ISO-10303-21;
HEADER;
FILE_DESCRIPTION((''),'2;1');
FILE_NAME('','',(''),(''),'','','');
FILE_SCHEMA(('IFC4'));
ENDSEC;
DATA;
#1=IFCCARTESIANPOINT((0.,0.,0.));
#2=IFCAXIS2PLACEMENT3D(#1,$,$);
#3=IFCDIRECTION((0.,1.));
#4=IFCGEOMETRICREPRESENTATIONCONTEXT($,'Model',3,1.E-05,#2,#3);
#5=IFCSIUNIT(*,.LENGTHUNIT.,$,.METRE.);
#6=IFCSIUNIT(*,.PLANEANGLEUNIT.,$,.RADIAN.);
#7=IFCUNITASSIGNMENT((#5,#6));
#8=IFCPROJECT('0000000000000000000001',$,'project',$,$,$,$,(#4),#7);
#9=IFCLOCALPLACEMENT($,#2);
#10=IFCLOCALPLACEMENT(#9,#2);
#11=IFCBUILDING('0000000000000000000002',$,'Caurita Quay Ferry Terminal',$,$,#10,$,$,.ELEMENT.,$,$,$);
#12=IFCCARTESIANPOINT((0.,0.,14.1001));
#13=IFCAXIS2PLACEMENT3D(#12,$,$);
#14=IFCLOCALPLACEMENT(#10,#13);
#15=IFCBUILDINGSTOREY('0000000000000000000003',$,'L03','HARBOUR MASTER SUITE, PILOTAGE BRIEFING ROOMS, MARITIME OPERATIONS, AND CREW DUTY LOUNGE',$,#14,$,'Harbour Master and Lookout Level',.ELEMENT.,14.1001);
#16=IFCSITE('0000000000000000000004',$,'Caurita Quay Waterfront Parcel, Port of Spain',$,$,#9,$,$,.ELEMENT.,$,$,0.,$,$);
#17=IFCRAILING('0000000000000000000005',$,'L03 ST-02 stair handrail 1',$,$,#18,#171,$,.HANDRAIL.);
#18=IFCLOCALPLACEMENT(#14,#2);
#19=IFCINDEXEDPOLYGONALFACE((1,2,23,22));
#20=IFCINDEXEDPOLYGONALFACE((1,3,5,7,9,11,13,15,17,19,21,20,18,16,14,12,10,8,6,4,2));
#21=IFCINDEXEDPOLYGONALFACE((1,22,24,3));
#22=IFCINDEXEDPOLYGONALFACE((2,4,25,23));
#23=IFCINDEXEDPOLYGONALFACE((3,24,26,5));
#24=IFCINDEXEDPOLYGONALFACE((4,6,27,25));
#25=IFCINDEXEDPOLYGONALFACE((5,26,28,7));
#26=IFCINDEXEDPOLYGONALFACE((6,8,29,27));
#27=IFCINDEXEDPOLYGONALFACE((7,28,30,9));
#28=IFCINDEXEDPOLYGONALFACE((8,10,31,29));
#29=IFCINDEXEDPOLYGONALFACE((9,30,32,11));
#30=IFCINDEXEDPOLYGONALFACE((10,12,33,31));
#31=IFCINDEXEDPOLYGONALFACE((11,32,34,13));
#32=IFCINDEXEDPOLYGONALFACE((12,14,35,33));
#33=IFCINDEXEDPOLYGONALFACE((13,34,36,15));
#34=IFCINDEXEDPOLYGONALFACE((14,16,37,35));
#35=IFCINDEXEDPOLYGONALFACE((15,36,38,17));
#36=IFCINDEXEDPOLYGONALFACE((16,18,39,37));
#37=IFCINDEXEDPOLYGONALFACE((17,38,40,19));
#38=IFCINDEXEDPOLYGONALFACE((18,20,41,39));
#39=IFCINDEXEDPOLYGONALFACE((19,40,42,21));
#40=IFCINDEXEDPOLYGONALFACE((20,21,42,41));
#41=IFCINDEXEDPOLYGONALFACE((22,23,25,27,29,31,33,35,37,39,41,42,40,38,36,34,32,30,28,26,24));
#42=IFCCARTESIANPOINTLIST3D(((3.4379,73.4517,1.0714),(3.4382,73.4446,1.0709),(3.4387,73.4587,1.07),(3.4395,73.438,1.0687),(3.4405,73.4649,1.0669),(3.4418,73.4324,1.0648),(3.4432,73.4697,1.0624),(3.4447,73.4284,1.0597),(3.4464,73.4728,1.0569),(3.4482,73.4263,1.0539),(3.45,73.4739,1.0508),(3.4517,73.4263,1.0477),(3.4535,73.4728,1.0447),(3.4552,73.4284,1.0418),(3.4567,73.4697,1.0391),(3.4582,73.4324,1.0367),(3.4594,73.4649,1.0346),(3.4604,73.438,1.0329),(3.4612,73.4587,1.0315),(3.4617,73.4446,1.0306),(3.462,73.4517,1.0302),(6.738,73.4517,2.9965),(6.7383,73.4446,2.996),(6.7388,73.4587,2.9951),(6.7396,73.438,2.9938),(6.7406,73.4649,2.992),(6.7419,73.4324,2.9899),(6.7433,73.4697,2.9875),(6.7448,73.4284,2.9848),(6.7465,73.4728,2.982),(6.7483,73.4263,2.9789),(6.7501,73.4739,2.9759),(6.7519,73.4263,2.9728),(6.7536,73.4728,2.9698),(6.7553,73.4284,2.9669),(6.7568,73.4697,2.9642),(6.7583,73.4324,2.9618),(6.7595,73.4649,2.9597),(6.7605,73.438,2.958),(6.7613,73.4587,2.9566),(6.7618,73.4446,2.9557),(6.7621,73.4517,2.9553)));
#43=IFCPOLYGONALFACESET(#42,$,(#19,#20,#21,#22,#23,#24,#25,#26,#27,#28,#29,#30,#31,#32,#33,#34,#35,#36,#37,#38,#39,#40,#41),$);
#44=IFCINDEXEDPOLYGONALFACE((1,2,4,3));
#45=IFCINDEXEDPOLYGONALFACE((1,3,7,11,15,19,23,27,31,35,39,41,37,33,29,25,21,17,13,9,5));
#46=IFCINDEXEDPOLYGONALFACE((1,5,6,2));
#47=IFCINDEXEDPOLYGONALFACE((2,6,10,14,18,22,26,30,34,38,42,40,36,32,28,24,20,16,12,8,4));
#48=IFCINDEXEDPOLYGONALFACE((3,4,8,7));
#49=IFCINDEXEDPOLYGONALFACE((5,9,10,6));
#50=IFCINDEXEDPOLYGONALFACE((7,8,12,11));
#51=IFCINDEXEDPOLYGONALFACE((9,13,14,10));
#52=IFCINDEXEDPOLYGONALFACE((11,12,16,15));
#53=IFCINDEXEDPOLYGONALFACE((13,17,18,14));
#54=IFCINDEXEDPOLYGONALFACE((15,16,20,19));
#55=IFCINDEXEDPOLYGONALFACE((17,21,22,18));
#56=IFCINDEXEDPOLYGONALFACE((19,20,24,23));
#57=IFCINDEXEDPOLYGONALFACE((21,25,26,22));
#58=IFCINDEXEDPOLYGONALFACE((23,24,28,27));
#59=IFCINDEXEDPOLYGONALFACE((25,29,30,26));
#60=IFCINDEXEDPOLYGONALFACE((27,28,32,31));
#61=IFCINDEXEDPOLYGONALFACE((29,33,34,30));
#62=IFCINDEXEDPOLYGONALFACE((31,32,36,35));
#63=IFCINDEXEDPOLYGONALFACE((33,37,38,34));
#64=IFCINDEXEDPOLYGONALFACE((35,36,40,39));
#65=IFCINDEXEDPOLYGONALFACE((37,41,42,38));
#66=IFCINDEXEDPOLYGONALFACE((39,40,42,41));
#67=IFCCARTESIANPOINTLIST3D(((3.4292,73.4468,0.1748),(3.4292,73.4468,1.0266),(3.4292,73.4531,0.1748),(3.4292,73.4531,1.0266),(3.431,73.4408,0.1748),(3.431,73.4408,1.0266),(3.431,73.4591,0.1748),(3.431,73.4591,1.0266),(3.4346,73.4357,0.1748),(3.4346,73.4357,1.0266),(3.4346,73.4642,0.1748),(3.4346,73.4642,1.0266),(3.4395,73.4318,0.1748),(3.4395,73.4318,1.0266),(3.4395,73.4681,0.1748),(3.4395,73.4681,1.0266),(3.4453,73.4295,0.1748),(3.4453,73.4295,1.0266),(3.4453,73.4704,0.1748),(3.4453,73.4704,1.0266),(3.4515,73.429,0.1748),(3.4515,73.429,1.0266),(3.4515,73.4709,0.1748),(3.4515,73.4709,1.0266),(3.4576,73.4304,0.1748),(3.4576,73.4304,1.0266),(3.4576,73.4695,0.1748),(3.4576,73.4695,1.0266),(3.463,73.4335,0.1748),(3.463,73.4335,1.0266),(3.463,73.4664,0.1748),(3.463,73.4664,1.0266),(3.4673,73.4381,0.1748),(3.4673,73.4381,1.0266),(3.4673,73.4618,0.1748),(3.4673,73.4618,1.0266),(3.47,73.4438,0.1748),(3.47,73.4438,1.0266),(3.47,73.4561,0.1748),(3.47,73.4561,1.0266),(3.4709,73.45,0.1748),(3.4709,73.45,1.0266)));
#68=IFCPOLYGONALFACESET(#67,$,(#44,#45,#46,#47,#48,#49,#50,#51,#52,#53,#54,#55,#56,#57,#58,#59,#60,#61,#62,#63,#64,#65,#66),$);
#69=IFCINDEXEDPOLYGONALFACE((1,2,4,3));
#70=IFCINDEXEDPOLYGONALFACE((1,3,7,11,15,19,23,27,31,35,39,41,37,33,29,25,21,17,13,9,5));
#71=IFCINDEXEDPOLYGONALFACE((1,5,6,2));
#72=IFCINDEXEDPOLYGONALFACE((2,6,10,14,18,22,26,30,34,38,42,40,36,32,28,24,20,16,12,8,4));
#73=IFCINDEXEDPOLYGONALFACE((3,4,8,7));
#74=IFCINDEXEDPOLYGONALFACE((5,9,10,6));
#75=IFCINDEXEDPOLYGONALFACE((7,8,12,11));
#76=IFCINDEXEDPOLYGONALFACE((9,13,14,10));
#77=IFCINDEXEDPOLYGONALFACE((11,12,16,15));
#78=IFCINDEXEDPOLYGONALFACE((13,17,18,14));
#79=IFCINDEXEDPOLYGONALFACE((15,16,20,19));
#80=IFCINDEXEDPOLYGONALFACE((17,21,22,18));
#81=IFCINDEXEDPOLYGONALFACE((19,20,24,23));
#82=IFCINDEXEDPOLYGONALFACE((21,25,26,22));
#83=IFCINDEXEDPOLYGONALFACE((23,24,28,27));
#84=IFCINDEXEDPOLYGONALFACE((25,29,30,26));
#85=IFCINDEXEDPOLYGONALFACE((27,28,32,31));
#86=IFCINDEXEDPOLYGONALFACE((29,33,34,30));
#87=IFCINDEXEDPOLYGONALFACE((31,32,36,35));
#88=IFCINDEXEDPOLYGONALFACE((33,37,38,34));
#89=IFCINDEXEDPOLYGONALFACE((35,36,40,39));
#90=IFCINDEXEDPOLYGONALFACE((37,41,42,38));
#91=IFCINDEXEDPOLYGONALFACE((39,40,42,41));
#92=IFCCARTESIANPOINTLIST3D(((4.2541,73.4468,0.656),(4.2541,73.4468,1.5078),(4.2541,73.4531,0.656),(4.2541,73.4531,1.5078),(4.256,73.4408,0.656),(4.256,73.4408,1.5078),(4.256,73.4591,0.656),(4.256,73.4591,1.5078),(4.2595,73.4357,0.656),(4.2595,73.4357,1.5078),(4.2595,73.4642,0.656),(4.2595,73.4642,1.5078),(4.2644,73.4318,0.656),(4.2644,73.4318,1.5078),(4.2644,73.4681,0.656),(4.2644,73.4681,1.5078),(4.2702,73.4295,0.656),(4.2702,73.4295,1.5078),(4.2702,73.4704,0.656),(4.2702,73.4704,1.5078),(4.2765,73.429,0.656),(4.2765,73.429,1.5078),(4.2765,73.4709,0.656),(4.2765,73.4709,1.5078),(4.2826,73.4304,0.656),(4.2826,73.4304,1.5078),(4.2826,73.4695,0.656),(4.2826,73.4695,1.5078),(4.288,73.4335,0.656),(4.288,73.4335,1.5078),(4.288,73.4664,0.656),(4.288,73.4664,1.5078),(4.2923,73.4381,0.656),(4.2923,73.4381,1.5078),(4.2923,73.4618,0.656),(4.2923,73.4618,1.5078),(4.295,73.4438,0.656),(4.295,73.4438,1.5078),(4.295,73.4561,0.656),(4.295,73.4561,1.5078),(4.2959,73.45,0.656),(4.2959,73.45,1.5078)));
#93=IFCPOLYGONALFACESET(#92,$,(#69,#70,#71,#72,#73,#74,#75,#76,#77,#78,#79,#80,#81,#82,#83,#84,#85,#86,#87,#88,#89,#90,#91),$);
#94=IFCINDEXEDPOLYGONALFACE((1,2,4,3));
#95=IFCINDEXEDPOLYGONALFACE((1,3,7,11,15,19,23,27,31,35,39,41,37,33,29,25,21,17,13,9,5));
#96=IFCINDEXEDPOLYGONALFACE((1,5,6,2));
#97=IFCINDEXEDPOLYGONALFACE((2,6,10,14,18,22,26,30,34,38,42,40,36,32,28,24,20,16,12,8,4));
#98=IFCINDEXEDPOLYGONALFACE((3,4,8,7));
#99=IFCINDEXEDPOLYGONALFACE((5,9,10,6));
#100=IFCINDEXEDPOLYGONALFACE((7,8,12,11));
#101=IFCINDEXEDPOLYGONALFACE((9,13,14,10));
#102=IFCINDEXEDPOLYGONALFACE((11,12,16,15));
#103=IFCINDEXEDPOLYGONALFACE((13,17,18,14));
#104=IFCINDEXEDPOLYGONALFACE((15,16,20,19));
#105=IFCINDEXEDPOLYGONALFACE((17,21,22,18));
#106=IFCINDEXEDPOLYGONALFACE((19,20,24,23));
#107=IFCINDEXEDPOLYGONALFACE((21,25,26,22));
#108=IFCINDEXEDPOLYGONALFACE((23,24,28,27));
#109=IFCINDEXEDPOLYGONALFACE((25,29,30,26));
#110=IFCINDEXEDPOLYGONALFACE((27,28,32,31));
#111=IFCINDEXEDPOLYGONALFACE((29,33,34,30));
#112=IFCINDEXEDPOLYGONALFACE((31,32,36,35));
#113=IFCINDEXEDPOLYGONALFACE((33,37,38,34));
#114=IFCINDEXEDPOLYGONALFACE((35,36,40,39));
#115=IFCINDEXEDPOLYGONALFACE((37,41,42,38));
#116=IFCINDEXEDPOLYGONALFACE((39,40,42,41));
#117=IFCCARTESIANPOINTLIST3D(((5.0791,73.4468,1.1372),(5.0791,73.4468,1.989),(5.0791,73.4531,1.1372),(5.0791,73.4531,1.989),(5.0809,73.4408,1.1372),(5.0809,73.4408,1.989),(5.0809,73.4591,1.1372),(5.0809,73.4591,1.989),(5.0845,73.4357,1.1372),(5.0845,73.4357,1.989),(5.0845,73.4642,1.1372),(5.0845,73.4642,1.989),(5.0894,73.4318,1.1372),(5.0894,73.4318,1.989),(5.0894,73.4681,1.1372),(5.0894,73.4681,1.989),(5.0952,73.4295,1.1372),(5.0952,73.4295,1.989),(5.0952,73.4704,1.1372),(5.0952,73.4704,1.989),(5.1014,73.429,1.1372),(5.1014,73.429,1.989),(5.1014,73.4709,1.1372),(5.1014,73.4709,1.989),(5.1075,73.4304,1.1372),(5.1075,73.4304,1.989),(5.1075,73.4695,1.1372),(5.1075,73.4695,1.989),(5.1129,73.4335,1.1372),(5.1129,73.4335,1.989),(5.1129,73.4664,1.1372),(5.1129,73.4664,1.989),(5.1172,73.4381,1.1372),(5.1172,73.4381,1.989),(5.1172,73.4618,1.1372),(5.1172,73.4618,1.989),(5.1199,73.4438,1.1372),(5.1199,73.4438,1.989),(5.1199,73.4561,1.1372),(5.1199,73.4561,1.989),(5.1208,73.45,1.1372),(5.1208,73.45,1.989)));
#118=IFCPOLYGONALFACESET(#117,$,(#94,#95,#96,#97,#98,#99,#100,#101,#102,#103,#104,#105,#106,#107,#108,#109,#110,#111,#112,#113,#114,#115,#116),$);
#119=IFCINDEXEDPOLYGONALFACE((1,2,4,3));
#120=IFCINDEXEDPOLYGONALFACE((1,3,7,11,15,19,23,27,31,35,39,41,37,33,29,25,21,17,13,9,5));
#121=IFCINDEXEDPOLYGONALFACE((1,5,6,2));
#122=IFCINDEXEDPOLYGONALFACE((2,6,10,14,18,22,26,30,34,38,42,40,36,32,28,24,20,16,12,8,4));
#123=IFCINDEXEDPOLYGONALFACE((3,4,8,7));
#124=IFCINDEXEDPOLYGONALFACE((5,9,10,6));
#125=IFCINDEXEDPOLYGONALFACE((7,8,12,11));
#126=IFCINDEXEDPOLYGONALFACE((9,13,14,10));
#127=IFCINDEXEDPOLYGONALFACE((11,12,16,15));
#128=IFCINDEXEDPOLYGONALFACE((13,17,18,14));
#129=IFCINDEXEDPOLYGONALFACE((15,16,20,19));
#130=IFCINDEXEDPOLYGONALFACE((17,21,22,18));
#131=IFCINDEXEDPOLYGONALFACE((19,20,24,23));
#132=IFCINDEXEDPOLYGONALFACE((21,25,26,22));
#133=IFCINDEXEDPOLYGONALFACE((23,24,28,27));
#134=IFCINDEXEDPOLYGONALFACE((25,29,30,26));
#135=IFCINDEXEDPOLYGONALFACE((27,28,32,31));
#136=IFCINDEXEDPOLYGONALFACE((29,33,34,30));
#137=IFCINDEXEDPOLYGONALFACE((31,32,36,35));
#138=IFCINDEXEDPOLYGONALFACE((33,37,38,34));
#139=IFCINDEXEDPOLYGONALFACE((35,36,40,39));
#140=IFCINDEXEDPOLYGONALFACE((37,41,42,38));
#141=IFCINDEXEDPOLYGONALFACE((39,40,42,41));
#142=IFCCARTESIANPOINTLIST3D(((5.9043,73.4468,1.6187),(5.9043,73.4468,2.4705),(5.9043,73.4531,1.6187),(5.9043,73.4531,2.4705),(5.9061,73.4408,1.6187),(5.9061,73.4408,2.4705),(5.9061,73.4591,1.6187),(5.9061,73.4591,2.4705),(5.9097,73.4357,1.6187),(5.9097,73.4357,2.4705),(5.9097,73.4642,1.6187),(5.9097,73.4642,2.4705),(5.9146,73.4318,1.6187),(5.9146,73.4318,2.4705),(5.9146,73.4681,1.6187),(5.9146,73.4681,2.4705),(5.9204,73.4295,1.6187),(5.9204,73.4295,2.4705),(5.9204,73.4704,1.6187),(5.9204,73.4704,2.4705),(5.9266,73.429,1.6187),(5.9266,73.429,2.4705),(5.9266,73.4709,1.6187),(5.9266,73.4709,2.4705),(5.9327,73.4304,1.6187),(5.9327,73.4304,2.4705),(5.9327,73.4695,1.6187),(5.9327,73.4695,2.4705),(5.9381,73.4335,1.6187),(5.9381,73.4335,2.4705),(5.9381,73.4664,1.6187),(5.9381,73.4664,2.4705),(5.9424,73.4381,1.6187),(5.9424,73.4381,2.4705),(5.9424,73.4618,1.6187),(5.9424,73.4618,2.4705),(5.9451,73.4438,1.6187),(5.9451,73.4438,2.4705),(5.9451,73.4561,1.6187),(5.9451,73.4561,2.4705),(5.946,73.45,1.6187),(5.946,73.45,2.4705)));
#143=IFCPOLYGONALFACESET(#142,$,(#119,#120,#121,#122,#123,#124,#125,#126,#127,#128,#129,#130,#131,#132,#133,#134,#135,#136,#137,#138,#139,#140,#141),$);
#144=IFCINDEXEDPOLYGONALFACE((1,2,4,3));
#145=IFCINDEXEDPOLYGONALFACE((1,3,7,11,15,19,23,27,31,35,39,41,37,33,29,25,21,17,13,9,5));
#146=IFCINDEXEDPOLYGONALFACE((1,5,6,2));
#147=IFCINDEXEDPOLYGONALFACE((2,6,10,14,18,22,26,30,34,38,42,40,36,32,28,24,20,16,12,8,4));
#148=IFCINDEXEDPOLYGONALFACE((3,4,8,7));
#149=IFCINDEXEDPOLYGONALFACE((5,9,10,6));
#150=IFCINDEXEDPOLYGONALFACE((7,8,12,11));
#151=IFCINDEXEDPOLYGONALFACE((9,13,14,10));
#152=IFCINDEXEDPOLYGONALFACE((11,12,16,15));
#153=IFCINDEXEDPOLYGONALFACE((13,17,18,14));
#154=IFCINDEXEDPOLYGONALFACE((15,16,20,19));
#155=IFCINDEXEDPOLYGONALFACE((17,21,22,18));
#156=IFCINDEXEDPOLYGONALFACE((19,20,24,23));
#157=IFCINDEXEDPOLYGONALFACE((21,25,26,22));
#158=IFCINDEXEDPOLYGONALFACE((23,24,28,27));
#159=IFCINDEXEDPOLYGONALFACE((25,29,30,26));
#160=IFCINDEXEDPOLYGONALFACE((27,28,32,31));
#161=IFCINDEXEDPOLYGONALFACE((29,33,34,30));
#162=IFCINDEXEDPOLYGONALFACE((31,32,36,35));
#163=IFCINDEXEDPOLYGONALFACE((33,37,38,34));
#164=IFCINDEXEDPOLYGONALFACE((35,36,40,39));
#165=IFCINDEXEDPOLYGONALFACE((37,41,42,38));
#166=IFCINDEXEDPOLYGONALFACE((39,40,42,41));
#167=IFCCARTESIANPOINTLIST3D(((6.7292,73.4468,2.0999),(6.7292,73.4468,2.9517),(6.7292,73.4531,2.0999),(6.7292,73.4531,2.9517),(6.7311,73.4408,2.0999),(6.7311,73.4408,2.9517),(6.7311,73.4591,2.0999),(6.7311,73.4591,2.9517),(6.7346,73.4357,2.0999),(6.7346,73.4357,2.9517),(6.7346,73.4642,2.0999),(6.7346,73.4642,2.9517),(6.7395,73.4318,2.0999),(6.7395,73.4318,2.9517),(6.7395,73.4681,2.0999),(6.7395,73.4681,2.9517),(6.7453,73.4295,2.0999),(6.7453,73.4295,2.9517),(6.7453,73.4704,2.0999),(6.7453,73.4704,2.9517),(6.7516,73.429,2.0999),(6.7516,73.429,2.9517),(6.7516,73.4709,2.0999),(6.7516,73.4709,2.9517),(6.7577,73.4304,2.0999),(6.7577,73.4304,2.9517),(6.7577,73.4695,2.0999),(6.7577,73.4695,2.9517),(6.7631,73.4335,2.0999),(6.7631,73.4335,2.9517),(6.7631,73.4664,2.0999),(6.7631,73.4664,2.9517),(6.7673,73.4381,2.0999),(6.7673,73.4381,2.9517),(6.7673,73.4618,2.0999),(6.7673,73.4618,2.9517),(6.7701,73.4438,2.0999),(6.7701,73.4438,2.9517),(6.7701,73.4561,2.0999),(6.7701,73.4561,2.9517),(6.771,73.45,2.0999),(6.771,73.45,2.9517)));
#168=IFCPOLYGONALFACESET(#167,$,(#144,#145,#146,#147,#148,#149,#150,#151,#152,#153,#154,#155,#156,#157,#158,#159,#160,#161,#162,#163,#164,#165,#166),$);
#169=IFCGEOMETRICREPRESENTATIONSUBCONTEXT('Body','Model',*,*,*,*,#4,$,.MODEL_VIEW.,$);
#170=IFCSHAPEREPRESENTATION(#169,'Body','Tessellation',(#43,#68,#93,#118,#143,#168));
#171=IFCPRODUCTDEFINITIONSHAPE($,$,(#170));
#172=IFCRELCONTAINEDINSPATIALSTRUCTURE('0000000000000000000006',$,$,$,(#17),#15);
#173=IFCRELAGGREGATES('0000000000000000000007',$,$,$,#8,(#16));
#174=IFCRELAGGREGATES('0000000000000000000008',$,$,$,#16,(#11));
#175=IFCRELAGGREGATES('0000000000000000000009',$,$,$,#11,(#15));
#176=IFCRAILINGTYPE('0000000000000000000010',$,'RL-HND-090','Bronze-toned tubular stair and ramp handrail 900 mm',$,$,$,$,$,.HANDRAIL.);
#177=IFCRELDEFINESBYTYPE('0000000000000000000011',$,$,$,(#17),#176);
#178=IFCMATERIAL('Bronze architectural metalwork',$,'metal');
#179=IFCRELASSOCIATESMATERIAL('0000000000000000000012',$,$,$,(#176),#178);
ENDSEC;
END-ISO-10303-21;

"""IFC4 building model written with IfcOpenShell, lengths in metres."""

from ifc_helpers import new_model, si_unit, direction, frame, origin, origin_2d, place, context, subcontext, project, spatial, circle, extrude, material, type_object, element, save


model = new_model("IFC4")

# Units and contexts
model_context = context("Model", 3, precision=1e-05, world=origin(), true_north=direction((0.0, 1.0)))
body_context = subcontext(model_context, "Body", "Model", "MODEL_VIEW")
ifc_project = project(units=[si_unit("LENGTHUNIT", "METRE"), si_unit("PLANEANGLEUNIT", "RADIAN")], contexts=[model_context])

# Site, building, storey
site_placement = place(None, origin())
site = spatial("IfcSite", under=ifc_project, at=site_placement, Name="Caurita Quay Waterfront Parcel, Port of Spain", CompositionType="ELEMENT", RefElevation=0.0)
building_placement = place(site_placement, origin())
building = spatial("IfcBuilding", under=site, at=building_placement, Name="Caurita Quay Ferry Terminal", CompositionType="ELEMENT")
storey_placement = place(building_placement, frame((0.0, 0.0, 14.1001)))
storey = spatial("IfcBuildingStorey", under=building, at=storey_placement, Name="L03", Description="HARBOUR MASTER SUITE, PILOTAGE BRIEFING ROOMS, MARITIME OPERATIONS, AND CREW DUTY LOUNGE", LongName="Harbour Master and Lookout Level", CompositionType="ELEMENT", Elevation=14.1001)

# Railing
ifc_material_1 = material(Name="Bronze architectural metalwork", Category="metal")
railing_type_1 = type_object("IfcRailingType", Name="RL-HND-090", Description="Bronze-toned tubular stair and ramp handrail 900 mm", PredefinedType="HANDRAIL", material=ifc_material_1)
railing_1_placement = place(storey_placement, frame((3.45, 73.45, 0.1748)))
element("IfcRailing", 1, at=railing_1_placement, inside=storey, type_object=railing_type_1, Name="L03 ST-02 stair handrail 1", PredefinedType="HANDRAIL", context=body_context, shape_type="SweptSolid", body=[
    extrude(circle(Radius=0.0239, at=origin_2d()), frame((0.0, 0.0, 0.876), z_axis=(0.863777, 0.0, 0.503875), x_axis=(0.0, 1.0, 0.0)), (0.0, 0.0, 1.0), 3.8206),
    extrude(circle(Radius=0.021, at=origin_2d()), origin(), (0.0, 0.0, 1.0), 0.8518),
    extrude(circle(Radius=0.021, at=origin_2d()), frame((0.825, 0.0, 0.4812)), (0.0, 0.0, 1.0), 0.8518),
    extrude(circle(Radius=0.021, at=origin_2d()), frame((1.6499, 0.0, 0.9624)), (0.0, 0.0, 1.0), 0.8518),
    extrude(circle(Radius=0.021, at=origin_2d()), frame((2.4751, 0.0, 1.4438)), (0.0, 0.0, 1.0), 0.8518),
    extrude(circle(Radius=0.021, at=origin_2d()), frame((3.3, 0.0, 1.925)), (0.0, 0.0, 1.0), 0.8518),
])

save(model, "model.ifc")
